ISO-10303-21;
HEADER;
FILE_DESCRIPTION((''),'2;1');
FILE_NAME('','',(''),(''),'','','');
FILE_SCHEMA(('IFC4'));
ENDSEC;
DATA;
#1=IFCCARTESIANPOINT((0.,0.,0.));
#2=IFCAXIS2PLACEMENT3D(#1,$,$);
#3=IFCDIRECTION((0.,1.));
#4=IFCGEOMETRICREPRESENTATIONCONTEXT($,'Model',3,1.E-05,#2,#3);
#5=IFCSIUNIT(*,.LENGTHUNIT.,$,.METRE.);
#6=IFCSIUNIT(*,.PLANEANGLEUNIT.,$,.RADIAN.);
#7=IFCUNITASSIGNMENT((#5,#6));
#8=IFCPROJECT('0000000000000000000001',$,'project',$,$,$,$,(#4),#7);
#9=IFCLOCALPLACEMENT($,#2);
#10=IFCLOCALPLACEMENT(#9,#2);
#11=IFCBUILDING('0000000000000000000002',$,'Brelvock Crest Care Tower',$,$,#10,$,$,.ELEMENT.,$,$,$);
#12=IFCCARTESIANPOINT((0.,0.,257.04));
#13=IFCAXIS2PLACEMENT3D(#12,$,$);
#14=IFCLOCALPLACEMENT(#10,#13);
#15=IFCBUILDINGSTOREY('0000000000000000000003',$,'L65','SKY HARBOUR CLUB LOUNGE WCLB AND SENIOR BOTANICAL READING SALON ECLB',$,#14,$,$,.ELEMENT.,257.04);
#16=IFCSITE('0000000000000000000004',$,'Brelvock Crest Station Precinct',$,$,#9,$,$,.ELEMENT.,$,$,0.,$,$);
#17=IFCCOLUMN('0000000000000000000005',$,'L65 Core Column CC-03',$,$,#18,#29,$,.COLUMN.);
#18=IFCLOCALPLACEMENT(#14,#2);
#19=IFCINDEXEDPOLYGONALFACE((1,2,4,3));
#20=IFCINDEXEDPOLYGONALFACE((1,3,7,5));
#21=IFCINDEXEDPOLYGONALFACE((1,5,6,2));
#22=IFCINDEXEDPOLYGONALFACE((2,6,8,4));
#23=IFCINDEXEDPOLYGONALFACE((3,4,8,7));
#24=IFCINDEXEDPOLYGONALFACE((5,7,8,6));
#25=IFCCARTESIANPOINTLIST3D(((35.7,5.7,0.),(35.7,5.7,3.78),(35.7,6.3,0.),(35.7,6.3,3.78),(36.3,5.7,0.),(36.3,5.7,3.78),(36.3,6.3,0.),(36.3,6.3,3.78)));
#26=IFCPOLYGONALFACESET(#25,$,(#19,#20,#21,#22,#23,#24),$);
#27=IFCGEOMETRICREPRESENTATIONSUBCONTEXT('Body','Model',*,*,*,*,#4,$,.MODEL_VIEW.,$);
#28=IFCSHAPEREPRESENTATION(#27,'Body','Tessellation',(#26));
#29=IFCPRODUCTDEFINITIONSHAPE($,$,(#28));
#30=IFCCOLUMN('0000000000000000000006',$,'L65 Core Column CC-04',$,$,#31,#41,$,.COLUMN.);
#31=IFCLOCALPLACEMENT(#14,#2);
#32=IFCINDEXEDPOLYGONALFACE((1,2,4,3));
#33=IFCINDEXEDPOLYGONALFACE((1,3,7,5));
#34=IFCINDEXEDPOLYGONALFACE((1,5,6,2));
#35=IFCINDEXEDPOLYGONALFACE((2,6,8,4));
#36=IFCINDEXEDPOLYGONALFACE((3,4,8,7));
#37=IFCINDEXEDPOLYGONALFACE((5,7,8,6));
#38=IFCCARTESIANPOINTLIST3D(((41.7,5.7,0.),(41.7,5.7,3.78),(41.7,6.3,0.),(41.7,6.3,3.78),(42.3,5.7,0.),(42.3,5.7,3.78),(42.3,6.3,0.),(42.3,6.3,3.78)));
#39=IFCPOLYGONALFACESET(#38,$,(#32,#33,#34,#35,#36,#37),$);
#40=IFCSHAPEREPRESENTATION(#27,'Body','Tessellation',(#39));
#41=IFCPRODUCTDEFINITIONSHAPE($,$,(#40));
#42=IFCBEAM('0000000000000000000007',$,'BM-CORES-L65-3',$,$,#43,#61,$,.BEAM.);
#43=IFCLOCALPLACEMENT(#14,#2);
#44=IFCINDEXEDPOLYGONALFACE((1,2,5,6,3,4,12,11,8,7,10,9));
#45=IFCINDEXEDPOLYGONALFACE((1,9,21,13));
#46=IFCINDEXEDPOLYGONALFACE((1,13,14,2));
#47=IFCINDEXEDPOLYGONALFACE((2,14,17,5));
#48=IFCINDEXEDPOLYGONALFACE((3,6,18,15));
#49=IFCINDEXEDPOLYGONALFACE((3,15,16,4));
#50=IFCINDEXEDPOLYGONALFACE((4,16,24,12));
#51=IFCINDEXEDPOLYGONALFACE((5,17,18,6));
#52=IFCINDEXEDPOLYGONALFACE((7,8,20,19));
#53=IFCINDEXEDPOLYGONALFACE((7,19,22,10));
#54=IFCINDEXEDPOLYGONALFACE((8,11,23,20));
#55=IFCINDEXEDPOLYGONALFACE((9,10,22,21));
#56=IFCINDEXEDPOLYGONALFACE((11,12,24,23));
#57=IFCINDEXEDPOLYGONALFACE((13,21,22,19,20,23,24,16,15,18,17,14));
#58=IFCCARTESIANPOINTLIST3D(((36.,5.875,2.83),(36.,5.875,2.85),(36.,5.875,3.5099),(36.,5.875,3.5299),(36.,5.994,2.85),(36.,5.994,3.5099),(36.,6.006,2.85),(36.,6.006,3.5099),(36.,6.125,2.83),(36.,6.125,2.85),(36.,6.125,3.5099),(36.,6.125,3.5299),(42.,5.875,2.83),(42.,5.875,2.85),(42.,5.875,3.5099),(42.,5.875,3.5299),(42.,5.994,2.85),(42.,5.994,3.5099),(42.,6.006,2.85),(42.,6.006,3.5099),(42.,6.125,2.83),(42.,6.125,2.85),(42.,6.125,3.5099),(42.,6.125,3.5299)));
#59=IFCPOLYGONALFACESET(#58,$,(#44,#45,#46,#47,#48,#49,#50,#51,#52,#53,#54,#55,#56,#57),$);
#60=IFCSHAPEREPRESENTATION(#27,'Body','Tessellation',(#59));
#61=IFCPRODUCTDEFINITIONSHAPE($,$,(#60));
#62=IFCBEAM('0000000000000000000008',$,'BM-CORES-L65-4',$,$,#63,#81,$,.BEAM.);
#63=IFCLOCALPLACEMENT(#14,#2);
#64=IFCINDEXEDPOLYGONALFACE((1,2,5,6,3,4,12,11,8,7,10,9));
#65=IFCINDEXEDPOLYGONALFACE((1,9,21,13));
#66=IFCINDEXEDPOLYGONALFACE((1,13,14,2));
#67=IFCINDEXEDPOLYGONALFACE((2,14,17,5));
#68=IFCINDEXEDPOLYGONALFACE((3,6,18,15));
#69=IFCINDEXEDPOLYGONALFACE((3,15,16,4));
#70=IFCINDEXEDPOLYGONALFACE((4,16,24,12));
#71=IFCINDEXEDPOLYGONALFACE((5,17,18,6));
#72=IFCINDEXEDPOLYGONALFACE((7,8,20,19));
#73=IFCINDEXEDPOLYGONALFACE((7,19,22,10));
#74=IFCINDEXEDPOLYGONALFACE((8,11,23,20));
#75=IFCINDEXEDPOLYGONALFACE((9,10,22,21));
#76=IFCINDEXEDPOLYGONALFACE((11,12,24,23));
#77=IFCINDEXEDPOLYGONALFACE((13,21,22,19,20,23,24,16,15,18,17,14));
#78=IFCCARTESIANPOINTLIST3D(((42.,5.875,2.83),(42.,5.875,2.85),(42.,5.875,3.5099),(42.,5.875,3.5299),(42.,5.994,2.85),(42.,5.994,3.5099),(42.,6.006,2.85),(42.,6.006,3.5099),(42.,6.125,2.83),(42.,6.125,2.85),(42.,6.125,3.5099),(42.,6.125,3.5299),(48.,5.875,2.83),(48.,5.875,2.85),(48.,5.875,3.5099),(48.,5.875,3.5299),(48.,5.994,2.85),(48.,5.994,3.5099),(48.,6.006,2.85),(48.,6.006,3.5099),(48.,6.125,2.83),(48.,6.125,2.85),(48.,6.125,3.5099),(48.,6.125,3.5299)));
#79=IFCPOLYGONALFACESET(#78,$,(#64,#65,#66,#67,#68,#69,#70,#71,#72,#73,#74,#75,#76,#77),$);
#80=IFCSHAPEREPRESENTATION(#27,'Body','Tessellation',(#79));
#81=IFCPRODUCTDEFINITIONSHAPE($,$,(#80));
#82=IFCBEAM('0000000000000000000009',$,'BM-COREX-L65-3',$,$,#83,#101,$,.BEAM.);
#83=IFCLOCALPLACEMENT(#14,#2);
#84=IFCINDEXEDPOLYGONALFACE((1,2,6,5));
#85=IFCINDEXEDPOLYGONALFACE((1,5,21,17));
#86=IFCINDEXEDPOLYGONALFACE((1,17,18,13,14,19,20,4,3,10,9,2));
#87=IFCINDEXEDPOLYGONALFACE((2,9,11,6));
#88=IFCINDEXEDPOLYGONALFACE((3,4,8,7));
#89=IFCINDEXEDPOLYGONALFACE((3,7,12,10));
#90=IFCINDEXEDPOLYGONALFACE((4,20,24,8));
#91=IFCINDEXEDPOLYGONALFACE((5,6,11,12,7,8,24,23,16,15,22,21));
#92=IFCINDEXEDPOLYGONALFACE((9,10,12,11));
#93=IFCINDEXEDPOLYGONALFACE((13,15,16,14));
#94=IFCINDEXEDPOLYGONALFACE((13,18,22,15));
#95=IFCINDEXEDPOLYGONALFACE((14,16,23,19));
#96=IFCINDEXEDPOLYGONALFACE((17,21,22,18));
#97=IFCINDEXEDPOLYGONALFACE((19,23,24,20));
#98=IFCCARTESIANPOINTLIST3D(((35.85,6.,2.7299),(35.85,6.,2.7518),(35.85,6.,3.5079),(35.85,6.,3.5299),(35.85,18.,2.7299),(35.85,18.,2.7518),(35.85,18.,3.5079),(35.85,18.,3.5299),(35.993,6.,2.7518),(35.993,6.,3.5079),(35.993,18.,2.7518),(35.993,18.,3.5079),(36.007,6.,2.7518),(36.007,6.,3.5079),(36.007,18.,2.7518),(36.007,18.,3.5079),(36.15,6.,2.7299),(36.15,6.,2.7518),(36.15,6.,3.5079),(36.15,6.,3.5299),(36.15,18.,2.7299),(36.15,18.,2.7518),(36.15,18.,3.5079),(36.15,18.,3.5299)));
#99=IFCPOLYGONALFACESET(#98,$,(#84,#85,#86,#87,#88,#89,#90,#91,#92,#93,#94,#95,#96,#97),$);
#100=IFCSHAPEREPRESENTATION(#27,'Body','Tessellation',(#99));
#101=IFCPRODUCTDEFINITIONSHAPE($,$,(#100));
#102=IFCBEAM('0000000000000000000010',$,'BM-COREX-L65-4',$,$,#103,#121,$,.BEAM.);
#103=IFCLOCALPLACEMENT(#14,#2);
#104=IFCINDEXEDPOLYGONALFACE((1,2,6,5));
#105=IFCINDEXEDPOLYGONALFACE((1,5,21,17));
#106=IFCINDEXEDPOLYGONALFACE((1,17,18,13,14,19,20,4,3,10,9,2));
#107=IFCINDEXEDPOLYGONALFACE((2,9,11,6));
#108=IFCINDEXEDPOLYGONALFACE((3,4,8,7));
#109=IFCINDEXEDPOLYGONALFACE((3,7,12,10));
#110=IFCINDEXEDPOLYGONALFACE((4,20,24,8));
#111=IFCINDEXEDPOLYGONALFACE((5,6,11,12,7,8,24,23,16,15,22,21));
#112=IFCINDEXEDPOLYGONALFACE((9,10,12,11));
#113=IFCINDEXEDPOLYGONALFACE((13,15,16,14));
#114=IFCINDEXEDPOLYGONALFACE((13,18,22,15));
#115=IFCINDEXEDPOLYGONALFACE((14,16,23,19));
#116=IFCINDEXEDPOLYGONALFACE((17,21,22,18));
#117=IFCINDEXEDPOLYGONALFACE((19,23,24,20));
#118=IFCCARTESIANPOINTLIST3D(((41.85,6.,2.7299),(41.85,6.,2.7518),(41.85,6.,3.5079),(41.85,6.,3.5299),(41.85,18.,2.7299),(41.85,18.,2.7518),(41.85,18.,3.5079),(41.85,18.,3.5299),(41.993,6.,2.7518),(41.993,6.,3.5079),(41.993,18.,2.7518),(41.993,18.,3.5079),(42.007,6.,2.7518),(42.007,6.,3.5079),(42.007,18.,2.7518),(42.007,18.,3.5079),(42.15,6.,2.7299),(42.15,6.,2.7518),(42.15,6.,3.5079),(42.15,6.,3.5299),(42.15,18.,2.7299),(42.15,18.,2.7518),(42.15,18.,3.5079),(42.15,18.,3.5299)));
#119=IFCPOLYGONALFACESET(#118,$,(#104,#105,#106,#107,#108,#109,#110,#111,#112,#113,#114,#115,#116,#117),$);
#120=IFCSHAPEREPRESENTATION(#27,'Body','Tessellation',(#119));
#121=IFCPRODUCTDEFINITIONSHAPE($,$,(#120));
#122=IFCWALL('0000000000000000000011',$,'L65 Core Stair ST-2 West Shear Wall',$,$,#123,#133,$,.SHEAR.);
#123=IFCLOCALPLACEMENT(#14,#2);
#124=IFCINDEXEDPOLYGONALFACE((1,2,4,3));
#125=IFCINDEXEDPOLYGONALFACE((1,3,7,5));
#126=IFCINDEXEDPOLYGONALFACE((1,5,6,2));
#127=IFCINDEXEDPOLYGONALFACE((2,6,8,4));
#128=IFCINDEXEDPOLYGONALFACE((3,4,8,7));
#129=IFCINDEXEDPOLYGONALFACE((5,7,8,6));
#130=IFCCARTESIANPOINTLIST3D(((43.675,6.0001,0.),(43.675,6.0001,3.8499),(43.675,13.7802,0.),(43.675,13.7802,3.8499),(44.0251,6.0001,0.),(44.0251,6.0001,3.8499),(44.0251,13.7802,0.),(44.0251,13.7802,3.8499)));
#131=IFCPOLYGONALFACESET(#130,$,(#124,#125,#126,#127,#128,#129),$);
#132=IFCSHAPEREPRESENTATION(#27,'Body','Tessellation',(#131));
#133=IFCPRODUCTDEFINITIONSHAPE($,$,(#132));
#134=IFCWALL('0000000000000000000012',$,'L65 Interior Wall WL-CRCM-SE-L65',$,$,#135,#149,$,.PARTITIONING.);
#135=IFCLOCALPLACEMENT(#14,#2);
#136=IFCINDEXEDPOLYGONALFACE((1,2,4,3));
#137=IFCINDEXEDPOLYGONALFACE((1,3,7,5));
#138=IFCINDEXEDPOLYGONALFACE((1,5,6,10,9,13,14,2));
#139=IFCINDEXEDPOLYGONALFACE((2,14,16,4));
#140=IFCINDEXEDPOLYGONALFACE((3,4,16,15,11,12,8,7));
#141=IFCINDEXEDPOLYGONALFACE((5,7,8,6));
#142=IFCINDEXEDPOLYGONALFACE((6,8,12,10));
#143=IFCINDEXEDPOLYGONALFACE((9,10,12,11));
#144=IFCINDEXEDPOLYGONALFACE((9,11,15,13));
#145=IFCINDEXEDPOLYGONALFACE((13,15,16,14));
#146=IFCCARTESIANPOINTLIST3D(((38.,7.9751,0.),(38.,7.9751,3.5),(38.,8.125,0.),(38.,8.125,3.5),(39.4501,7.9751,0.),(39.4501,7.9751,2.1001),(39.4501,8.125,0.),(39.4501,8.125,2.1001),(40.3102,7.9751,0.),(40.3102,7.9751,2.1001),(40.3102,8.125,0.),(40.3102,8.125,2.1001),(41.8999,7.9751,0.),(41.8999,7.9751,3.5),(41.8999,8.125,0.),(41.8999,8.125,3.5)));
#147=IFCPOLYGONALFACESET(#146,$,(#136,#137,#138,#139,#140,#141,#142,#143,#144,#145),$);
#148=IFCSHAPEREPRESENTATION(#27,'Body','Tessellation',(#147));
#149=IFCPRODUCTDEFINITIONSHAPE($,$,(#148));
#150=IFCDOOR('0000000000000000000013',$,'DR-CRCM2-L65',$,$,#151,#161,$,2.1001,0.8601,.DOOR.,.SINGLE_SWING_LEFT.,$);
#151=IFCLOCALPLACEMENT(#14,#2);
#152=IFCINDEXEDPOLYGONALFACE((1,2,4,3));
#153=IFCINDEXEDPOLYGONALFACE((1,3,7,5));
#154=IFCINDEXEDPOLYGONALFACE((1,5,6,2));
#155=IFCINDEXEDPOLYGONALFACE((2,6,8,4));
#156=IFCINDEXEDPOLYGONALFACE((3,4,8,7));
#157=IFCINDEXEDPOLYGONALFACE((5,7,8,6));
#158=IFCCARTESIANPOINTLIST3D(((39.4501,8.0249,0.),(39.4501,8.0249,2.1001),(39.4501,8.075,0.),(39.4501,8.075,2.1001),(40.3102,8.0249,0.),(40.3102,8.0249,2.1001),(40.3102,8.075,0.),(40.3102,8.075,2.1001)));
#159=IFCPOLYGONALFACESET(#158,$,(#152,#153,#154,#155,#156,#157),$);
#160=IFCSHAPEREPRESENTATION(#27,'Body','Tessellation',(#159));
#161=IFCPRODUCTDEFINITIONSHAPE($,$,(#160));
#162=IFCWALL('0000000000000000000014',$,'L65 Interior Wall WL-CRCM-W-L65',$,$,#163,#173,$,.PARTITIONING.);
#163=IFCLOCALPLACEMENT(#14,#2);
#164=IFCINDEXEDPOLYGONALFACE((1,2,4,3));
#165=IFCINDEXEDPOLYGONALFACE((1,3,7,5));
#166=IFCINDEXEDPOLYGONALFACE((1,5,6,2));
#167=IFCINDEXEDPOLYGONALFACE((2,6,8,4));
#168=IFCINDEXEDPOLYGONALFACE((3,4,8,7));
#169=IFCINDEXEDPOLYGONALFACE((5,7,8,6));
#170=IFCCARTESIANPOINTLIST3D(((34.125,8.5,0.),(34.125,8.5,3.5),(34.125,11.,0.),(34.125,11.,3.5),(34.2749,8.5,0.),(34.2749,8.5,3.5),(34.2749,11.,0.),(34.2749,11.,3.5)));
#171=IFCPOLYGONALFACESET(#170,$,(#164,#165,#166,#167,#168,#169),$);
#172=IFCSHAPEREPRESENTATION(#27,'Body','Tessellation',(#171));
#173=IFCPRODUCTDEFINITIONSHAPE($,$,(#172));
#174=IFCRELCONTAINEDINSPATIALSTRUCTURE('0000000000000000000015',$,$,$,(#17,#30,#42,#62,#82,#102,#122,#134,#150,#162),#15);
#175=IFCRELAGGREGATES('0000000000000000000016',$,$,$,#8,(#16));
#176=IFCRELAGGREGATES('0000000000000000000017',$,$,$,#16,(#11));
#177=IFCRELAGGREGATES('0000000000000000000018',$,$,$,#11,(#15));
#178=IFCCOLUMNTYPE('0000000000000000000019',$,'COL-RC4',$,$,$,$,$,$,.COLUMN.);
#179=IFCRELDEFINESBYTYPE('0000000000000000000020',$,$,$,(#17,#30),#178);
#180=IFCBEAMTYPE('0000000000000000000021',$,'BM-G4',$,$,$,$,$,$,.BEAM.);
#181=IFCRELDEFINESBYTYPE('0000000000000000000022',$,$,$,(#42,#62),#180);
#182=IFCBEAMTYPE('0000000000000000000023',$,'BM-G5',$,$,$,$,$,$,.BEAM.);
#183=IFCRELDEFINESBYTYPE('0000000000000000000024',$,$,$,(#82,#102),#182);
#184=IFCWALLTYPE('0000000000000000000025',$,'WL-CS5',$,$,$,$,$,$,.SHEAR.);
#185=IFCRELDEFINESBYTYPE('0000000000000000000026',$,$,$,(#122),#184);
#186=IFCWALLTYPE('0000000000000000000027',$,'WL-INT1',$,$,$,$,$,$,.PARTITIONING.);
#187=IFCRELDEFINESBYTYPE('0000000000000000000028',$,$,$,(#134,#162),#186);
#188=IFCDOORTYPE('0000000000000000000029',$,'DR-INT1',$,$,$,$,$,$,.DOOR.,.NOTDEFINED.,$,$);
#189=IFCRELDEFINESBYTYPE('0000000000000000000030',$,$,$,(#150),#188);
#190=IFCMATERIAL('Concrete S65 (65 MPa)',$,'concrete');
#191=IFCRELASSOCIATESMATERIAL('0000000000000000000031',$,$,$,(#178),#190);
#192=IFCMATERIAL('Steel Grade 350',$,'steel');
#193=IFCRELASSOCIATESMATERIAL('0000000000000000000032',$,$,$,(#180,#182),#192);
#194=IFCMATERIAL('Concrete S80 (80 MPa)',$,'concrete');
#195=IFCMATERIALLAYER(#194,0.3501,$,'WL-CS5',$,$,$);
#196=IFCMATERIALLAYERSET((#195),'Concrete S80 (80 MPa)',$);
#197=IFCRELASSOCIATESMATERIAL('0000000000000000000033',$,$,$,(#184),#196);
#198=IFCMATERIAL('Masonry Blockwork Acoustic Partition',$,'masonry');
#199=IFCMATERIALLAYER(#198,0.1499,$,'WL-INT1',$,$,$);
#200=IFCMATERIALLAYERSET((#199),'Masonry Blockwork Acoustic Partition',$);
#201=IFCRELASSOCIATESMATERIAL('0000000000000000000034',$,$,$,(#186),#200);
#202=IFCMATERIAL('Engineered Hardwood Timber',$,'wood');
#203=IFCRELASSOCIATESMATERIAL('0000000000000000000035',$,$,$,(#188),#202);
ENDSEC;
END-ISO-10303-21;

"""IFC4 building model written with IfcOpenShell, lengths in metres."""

from ifc_helpers import new_model, si_unit, direction, frame, frame_2d, origin, origin_2d, place, context, subcontext, project, spatial, rectangle, i_section, extrude, source, transform, mapped, material, layer, layer_set, material_profile, profile_set, type_object, element, fill, save


model = new_model("IFC4")

# Units and contexts
model_context = context("Model", 3, precision=1e-05, world=origin(), true_north=direction((0.0, 1.0)))
body_context = subcontext(model_context, "Body", "Model", "MODEL_VIEW")
ifc_project = project(units=[si_unit("LENGTHUNIT", "METRE"), si_unit("PLANEANGLEUNIT", "RADIAN")], contexts=[model_context])

# Site, building, storey
site_placement = place(None, origin())
site = spatial("IfcSite", under=ifc_project, at=site_placement, Name="Brelvock Crest Station Precinct", CompositionType="ELEMENT", RefElevation=0.0)
building_placement = place(site_placement, origin())
building = spatial("IfcBuilding", under=site, at=building_placement, Name="Brelvock Crest Care Tower", CompositionType="ELEMENT")
storey_placement = place(building_placement, frame((0.0, 0.0, 257.04)))
storey = spatial("IfcBuildingStorey", under=building, at=storey_placement, Name="L65", Description="SKY HARBOUR CLUB LOUNGE WCLB AND SENIOR BOTANICAL READING SALON ECLB", CompositionType="ELEMENT", Elevation=257.04)

# Columns
ifc_material_1 = material(Name="Concrete S65 (65 MPa)", Category="concrete")
ifc_material_profile_1 = material_profile(ifc_material_1, rectangle(XDim=0.6001, YDim=0.6001, at=origin_2d()), Name="RC600x600")
ifc_profile_set_1 = profile_set([ifc_material_profile_1], Name="Concrete S65 (65 MPa)")
column_type = type_object("IfcColumnType", Name="COL-RC4", PredefinedType="COLUMN", material=ifc_profile_set_1)
shared_shape_1 = source(origin(), body_context, "Body", "SweptSolid", [
    extrude(rectangle(XDim=0.6001, YDim=0.6001, at=origin_2d()), origin(), (0.0, 0.0, 1.0), 3.78),
])
for number, where, z_axis, x_axis, name in (
    (1, (36.0, 6.0, 0.0), (0.0, 0.0, 1.0), (1.0, 0.0, 0.0), "L65 Core Column CC-03"),
    (2, (42.0, 6.0, 0.0), (0.0, 0.0, 1.0), (1.0, 0.0, 0.0), "L65 Core Column CC-04"),
):
    element("IfcColumn", number, at=place(storey_placement, frame(where, z_axis=z_axis, x_axis=x_axis)), inside=storey, type_object=column_type, Name=name, PredefinedType="COLUMN", context=body_context, shape_type="MappedRepresentation", body=[
        mapped(shared_shape_1, transform((0.0, 0.0, 0.0), x_axis=(1.0, 0.0, 0.0), y_axis=(0.0, 1.0, 0.0), z_axis=(0.0, 0.0, 1.0), scale=1.0)),
    ])

# Beams
ifc_material_2 = material(Name="Steel Grade 350", Category="steel")
ifc_material_profile_2 = material_profile(ifc_material_2, i_section(OverallWidth=0.25, OverallDepth=0.7, WebThickness=0.012, FlangeThickness=0.02, at=origin_2d()), Name="700WB150")
ifc_profile_set_2 = profile_set([ifc_material_profile_2], Name="Steel Grade 350")
beam_type_1 = type_object("IfcBeamType", Name="BM-G4", PredefinedType="BEAM", material=ifc_profile_set_2)
shared_shape_2 = source(origin(), body_context, "Body", "SweptSolid", [
    extrude(i_section(OverallWidth=0.25, OverallDepth=0.7, WebThickness=0.012, FlangeThickness=0.02, at=origin_2d()), origin(), (0.0, 0.0, 1.0), 6.0),
])
for number, where, z_axis, x_axis, name in (
    (3, (36.0, 6.0, 3.1799), (1.0, 0.0, 0.0), (0.0, 1.0, 0.0), "BM-CORES-L65-3"),
    (4, (42.0, 6.0, 3.1799), (1.0, 0.0, 0.0), (0.0, 1.0, 0.0), "BM-CORES-L65-4"),
):
    element("IfcBeam", number, at=place(storey_placement, frame(where, z_axis=z_axis, x_axis=x_axis)), inside=storey, type_object=beam_type_1, Name=name, PredefinedType="BEAM", context=body_context, shape_type="MappedRepresentation", body=[
        mapped(shared_shape_2, transform((0.0, 0.0, 0.0), x_axis=(1.0, 0.0, 0.0), y_axis=(0.0, 1.0, 0.0), z_axis=(0.0, 0.0, 1.0), scale=1.0)),
    ])
ifc_material_profile_3 = material_profile(ifc_material_2, i_section(OverallWidth=0.3, OverallDepth=0.8, WebThickness=0.0139, FlangeThickness=0.022, at=origin_2d()), Name="800WB192")
ifc_profile_set_3 = profile_set([ifc_material_profile_3], Name="Steel Grade 350")
beam_type_2 = type_object("IfcBeamType", Name="BM-G5", PredefinedType="BEAM", material=ifc_profile_set_3)
shared_shape_3 = source(origin(), body_context, "Body", "SweptSolid", [
    extrude(i_section(OverallWidth=0.3, OverallDepth=0.8, WebThickness=0.0139, FlangeThickness=0.022, at=origin_2d()), origin(), (0.0, 0.0, 1.0), 12.0),
])
for number, where, z_axis, x_axis, name in (
    (5, (36.0, 6.0, 3.1299), (0.0, 1.0, 0.0), (-1.0, 0.0, 0.0), "BM-COREX-L65-3"),
    (6, (42.0, 6.0, 3.1299), (0.0, 1.0, 0.0), (-1.0, 0.0, 0.0), "BM-COREX-L65-4"),
):
    element("IfcBeam", number, at=place(storey_placement, frame(where, z_axis=z_axis, x_axis=x_axis)), inside=storey, type_object=beam_type_2, Name=name, PredefinedType="BEAM", context=body_context, shape_type="MappedRepresentation", body=[
        mapped(shared_shape_3, transform((0.0, 0.0, 0.0), x_axis=(1.0, 0.0, 0.0), y_axis=(0.0, 1.0, 0.0), z_axis=(0.0, 0.0, 1.0), scale=1.0)),
    ])

# Wall
ifc_material_3 = material(Name="Concrete S80 (80 MPa)", Category="concrete")
ifc_layer_1 = layer(ifc_material_3, 0.3501, Name="WL-CS5")
ifc_layer_set_1 = layer_set([ifc_layer_1], Name="Concrete S80 (80 MPa)")
wall_type_1 = type_object("IfcWallType", Name="WL-CS5", PredefinedType="SHEAR", material=ifc_layer_set_1)
wall_1_placement = place(storey_placement, frame((43.8501, 6.0, 0.0), z_axis=(0.0, 0.0, 1.0), x_axis=(0.0, 1.0, 0.0)))
element("IfcWall", 7, at=wall_1_placement, inside=storey, type_object=wall_type_1, Name="L65 Core Stair ST-2 West Shear Wall", PredefinedType="SHEAR", context=body_context, shape_type="SweptSolid", body=[
    extrude(rectangle(XDim=7.78, YDim=0.3501, at=frame_2d((3.8901, 0.0))), origin(), (0.0, 0.0, 1.0), 3.8499),
])

# Wall, opening, door
ifc_material_4 = material(Name="Masonry Blockwork Acoustic Partition", Category="masonry")
ifc_layer_2 = layer(ifc_material_4, 0.1499, Name="WL-INT1")
ifc_layer_set_2 = layer_set([ifc_layer_2], Name="Masonry Blockwork Acoustic Partition")
wall_type_2 = type_object("IfcWallType", Name="WL-INT1", PredefinedType="PARTITIONING", material=ifc_layer_set_2)
wall_2_placement = place(storey_placement, frame((38.0, 8.05, 0.0), z_axis=(0.0, 0.0, 1.0), x_axis=(1.0, 0.0, 0.0)))
wall_2 = element("IfcWall", 8, at=wall_2_placement, inside=storey, type_object=wall_type_2, Name="L65 Interior Wall WL-CRCM-SE-L65", PredefinedType="PARTITIONING", context=body_context, shape_type="SweptSolid", body=[
    extrude(rectangle(XDim=3.8999, YDim=0.1499, at=frame_2d((1.95, 0.0))), origin(), (0.0, 0.0, 1.0), 3.5),
])
opening_1_placement = place(wall_2_placement, frame((1.45, 0.0, 0.0)))
opening_1 = element("IfcOpeningElement", 9, at=opening_1_placement, cuts=wall_2, PredefinedType="OPENING", context=body_context, shape_type="SweptSolid", body=[
    extrude(rectangle(XDim=0.8601, YDim=2.1001, at=origin_2d()), frame((0.4302, 0.085, 1.05), z_axis=(0.0, -1.0, 0.0), x_axis=(1.0, 0.0, 0.0)), (0.0, 0.0, 1.0), 0.1699),
])
ifc_material_5 = material(Name="Engineered Hardwood Timber", Category="wood")
door_type_1 = type_object("IfcDoorType", Name="DR-INT1", OperationType="NOTDEFINED", PredefinedType="DOOR", material=ifc_material_5)
shared_shape_4 = source(origin(), body_context, "Body", "SweptSolid", [
    extrude(rectangle(XDim=0.8601, YDim=2.1001, at=origin_2d()), frame((0.4302, 0.0249, 1.05), z_axis=(0.0, -1.0, 0.0), x_axis=(1.0, 0.0, 0.0)), (0.0, 0.0, 1.0), 0.05),
])
door_1_placement = place(opening_1_placement, origin())
door_1 = element("IfcDoor", 10, at=door_1_placement, inside=storey, type_object=door_type_1, Name="DR-CRCM2-L65", OperationType="SINGLE_SWING_LEFT", OverallHeight=2.1001, OverallWidth=0.8601, PredefinedType="DOOR", context=body_context, shape_type="MappedRepresentation", body=[
    mapped(shared_shape_4, transform((0.0, 0.0, 0.0), x_axis=(1.0, 0.0, 0.0), y_axis=(0.0, 1.0, 0.0), z_axis=(0.0, 0.0, 1.0), scale=1.0)),
])
fill(opening_1, door_1)

# Wall
wall_3_placement = place(storey_placement, frame((34.2, 8.5, 0.0), z_axis=(0.0, 0.0, 1.0), x_axis=(0.0, 1.0, 0.0)))
element("IfcWall", 11, at=wall_3_placement, inside=storey, type_object=wall_type_2, Name="L65 Interior Wall WL-CRCM-W-L65", PredefinedType="PARTITIONING", context=body_context, shape_type="SweptSolid", body=[
    extrude(rectangle(XDim=2.5, YDim=0.1499, at=frame_2d((1.25, 0.0))), origin(), (0.0, 0.0, 1.0), 3.5),
])

save(model, "model.ifc")
